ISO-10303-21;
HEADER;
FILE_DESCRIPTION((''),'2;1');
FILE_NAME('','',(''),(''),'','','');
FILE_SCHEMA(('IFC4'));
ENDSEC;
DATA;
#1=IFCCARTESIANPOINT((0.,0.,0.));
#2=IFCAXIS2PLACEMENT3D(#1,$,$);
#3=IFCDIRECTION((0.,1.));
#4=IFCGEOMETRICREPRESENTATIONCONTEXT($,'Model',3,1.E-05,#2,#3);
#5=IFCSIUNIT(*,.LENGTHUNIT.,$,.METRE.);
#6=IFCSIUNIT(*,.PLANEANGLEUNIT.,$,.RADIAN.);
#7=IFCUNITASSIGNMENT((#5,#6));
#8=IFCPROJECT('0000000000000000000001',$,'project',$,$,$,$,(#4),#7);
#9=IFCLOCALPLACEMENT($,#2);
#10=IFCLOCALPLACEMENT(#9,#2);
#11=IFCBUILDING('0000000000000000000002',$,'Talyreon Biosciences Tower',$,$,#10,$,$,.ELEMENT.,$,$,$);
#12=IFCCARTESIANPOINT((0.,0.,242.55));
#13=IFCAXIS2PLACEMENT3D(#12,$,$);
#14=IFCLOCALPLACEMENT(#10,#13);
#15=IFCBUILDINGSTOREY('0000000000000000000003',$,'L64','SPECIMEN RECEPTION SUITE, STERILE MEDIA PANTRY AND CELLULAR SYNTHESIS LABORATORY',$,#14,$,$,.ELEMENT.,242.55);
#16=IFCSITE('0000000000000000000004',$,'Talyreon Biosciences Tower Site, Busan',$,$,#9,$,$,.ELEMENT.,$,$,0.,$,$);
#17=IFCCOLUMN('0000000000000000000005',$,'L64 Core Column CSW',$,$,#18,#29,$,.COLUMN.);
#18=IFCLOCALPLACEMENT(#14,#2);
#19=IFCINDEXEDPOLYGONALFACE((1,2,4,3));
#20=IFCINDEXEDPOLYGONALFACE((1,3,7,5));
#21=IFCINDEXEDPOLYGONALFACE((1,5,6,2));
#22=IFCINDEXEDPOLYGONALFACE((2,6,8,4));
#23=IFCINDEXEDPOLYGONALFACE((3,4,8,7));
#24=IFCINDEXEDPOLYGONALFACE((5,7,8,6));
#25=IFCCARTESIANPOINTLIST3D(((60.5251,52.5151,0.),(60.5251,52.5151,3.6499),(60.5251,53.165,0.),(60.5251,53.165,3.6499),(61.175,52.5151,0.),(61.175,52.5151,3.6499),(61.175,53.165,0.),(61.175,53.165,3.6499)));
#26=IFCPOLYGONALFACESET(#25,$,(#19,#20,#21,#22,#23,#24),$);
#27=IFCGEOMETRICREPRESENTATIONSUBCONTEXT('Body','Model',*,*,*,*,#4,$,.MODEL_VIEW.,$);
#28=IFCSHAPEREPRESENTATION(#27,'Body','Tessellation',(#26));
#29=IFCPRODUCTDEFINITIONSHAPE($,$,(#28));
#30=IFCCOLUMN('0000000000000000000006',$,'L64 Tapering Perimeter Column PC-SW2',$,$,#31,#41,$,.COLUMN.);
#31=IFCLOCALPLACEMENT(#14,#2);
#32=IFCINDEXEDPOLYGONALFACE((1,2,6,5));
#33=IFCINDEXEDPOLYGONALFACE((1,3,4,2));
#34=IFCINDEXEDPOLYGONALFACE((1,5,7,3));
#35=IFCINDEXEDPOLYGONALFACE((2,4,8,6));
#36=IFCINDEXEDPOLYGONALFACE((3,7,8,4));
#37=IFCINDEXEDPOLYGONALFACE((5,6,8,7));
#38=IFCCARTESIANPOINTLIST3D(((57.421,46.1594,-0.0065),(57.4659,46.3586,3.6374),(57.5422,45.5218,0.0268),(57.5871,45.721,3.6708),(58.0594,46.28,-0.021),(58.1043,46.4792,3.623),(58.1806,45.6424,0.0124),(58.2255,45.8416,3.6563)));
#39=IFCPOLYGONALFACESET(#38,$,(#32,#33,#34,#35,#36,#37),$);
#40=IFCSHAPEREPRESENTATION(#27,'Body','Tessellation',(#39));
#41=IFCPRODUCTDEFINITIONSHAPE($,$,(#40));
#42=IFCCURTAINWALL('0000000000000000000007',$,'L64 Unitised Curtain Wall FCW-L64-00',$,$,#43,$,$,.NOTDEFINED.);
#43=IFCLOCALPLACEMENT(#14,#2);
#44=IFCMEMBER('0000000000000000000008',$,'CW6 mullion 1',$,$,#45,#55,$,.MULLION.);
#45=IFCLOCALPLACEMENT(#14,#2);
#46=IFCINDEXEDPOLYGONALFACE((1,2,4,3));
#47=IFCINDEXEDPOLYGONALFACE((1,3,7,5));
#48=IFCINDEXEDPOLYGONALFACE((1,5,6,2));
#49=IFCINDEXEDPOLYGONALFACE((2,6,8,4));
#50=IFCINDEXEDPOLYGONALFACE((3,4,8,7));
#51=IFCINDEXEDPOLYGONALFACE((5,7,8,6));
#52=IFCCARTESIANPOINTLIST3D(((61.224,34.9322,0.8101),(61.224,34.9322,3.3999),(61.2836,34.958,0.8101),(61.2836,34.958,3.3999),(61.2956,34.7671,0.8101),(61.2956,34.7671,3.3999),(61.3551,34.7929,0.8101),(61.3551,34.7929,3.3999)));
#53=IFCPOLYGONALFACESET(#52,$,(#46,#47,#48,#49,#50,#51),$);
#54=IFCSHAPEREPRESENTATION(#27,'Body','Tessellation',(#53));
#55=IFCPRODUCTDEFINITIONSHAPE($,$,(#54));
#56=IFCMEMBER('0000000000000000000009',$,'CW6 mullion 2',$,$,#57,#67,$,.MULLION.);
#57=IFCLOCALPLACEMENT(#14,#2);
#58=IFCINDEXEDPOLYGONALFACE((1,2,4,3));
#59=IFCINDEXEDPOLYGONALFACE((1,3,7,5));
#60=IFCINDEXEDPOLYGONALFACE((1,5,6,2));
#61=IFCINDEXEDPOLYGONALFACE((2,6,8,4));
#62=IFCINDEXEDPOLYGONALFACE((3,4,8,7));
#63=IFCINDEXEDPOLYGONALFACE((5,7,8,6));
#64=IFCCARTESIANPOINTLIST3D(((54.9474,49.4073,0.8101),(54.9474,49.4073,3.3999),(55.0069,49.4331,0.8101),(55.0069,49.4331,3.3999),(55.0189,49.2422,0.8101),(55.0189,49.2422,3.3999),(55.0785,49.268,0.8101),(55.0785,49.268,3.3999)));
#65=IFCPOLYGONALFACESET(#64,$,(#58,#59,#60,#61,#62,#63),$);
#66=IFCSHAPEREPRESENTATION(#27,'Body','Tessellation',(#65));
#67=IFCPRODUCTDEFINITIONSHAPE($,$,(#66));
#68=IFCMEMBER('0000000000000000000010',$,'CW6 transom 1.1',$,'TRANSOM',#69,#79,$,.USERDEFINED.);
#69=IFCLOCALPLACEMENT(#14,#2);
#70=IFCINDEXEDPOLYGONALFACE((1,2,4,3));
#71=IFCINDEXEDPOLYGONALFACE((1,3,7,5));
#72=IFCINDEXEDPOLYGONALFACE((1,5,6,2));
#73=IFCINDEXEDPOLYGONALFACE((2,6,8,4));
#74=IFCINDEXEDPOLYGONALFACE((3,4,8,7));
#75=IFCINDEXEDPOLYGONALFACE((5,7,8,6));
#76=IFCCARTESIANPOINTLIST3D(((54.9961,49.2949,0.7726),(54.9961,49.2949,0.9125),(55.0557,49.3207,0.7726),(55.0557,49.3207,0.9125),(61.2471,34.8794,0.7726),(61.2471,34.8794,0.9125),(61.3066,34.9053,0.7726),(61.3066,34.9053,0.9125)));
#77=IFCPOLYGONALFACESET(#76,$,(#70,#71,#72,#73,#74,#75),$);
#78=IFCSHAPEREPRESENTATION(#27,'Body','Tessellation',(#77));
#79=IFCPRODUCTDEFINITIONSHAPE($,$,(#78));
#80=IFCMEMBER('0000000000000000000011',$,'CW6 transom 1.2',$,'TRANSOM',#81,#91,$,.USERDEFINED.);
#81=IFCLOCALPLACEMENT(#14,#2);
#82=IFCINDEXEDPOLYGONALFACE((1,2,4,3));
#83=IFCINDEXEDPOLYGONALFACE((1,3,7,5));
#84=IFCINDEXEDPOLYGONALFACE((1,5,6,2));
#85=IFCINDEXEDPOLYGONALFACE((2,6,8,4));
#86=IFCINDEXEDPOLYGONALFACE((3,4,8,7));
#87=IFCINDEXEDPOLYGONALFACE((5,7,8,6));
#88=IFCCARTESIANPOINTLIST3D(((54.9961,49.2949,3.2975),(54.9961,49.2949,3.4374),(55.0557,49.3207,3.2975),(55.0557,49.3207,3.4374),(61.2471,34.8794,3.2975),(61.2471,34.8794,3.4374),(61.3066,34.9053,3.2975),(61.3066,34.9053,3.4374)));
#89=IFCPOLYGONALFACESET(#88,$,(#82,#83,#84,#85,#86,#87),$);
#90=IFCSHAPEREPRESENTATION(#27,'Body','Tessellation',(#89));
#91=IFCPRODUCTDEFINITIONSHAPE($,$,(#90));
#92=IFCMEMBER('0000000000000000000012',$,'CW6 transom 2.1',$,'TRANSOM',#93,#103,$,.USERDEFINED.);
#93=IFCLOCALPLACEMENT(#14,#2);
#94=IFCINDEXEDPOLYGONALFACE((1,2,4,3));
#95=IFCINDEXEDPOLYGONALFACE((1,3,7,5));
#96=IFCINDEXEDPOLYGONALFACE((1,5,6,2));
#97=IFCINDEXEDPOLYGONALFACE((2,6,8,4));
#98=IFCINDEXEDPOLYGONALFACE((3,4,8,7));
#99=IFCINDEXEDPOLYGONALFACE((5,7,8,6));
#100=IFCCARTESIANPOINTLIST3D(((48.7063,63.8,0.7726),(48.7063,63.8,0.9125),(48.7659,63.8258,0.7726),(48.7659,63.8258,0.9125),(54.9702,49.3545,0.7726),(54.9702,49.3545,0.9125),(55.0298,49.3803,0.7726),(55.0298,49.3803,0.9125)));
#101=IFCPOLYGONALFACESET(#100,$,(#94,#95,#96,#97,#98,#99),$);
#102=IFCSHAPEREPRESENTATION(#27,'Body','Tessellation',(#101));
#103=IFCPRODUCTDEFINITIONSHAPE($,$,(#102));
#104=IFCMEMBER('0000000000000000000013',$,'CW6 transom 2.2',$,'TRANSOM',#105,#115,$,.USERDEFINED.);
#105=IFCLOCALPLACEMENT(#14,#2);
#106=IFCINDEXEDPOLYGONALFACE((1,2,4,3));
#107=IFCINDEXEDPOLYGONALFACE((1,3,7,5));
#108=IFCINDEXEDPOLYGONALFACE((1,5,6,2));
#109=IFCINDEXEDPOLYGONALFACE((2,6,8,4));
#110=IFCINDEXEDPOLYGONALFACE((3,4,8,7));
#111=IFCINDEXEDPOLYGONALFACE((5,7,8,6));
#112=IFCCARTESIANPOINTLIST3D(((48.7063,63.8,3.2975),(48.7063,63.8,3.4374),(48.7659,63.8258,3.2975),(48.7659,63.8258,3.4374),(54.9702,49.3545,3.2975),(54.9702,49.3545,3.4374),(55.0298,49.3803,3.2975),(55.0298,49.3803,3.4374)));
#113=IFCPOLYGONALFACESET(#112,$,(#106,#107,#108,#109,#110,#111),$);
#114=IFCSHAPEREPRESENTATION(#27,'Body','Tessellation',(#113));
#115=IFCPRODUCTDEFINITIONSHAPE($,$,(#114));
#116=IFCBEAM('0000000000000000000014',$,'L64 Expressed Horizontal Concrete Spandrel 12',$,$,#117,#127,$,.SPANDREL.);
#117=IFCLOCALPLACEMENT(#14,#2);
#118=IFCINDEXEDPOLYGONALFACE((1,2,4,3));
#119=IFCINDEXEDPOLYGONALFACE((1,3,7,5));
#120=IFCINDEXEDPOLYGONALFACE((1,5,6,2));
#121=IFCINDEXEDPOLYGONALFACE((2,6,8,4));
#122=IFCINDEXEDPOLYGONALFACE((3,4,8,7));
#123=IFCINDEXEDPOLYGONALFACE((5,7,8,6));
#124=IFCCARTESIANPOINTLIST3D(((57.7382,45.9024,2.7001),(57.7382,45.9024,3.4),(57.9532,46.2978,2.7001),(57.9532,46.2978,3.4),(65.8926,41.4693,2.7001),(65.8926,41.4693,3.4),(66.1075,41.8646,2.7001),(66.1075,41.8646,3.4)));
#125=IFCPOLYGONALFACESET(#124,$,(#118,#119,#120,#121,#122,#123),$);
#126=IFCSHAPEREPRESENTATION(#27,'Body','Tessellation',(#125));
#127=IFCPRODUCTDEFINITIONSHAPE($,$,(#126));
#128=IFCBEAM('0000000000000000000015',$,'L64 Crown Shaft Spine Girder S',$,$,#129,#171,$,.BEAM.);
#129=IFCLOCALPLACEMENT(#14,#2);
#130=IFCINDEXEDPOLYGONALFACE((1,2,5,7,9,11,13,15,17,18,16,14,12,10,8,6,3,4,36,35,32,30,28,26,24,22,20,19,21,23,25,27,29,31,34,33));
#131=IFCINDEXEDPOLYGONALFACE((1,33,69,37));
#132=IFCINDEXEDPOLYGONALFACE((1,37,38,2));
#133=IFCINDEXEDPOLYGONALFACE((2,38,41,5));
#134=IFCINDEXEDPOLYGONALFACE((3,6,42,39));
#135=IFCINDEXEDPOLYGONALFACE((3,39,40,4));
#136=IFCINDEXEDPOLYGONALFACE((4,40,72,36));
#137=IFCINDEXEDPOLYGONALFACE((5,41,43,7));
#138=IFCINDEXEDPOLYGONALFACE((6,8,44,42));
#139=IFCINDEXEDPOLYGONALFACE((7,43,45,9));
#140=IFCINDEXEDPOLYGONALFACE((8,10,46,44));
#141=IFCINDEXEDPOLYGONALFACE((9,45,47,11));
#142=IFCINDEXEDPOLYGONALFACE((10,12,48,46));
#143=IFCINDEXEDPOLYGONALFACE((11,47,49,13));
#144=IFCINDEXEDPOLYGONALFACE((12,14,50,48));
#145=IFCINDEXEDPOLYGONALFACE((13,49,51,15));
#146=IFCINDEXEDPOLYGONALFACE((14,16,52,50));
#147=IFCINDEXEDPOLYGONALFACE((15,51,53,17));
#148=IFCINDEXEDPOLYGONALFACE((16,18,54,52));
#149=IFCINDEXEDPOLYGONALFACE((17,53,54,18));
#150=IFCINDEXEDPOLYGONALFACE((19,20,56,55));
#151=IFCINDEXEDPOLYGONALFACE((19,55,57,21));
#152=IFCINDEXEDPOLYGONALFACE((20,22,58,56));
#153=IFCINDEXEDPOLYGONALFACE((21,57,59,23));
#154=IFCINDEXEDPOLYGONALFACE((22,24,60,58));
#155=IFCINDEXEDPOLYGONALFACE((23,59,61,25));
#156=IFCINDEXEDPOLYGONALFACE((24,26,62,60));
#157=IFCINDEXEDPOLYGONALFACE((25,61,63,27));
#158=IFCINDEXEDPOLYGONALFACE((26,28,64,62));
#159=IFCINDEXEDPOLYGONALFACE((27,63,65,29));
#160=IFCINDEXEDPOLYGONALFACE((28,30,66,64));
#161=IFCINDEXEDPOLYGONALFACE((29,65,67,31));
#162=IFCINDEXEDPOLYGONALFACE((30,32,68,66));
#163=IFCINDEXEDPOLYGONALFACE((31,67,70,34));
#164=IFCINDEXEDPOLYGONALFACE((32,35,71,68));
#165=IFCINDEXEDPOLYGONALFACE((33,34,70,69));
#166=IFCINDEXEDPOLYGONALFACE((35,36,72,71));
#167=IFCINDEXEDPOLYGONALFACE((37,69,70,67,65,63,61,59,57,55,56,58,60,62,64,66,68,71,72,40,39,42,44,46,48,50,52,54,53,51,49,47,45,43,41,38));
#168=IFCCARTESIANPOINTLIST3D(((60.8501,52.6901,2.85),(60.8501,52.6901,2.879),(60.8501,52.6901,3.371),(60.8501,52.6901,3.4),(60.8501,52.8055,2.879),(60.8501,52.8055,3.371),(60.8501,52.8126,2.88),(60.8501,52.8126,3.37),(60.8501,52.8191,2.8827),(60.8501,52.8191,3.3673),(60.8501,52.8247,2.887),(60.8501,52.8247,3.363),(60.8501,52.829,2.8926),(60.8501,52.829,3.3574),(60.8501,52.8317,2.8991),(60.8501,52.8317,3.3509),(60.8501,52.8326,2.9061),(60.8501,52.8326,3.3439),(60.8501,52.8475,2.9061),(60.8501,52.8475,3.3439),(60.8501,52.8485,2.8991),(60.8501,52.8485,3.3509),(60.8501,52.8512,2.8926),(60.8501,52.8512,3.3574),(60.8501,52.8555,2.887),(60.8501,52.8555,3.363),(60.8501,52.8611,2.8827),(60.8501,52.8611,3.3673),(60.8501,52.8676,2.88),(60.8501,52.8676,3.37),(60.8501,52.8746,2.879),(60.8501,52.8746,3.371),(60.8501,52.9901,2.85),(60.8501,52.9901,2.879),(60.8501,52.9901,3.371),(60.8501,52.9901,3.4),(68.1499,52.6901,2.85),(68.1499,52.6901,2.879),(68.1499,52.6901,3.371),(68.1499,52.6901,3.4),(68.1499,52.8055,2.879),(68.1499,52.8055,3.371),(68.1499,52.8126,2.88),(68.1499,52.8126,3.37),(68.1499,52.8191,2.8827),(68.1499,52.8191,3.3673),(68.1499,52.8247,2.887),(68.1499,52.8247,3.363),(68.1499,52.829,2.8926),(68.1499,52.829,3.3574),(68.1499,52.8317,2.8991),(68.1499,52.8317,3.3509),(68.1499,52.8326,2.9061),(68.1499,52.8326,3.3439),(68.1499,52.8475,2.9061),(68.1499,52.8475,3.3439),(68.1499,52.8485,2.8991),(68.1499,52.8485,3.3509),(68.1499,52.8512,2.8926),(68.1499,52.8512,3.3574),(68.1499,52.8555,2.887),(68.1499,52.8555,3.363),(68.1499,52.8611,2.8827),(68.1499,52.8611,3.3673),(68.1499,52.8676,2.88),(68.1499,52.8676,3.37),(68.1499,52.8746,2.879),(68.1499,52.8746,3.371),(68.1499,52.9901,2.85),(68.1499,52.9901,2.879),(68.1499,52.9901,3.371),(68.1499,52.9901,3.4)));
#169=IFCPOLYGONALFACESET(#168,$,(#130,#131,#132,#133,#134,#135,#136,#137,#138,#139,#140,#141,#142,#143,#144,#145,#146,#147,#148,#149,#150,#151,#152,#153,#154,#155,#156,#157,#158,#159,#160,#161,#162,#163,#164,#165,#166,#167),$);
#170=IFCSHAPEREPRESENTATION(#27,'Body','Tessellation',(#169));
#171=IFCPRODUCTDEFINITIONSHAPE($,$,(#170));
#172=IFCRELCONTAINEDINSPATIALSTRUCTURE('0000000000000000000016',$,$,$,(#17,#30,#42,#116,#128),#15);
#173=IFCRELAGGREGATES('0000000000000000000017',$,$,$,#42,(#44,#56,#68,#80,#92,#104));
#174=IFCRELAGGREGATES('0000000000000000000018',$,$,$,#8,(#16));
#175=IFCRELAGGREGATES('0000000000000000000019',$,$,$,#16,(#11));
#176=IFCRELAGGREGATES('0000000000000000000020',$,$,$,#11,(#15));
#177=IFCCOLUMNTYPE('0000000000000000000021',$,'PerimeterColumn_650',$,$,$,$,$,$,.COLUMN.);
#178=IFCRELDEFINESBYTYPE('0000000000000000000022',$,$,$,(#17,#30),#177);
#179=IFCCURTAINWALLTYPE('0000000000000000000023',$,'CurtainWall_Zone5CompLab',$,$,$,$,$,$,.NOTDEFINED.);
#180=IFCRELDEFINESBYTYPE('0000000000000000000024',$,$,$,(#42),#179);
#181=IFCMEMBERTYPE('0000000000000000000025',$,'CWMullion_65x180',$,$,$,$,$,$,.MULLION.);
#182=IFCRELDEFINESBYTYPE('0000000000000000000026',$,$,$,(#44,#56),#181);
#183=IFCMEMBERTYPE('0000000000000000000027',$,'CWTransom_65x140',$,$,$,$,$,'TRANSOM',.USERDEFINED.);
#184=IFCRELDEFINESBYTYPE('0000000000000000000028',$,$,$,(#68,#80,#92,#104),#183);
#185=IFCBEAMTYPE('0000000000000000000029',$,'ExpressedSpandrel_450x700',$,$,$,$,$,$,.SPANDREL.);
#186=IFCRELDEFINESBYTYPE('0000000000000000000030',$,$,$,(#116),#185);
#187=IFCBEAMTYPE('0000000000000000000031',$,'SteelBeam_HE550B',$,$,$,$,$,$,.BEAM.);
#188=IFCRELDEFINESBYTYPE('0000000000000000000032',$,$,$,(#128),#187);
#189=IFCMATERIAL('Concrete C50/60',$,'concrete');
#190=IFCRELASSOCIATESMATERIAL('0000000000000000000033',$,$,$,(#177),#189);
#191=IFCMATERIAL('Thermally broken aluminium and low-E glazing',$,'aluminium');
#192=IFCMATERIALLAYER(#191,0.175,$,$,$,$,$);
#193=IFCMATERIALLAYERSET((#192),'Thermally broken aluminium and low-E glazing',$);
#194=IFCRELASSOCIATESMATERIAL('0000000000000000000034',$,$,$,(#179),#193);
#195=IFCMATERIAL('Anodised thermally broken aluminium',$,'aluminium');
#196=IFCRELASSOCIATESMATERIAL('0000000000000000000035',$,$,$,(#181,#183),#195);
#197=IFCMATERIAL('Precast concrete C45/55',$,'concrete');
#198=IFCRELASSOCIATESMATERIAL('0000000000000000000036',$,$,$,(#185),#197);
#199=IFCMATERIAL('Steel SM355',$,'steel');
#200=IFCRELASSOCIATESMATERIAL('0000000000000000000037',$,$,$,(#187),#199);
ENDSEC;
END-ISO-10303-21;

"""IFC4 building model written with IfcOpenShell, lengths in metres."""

from ifc_helpers import new_model, si_unit, direction, frame, origin, origin_2d, place, context, subcontext, project, spatial, rectangle, i_section, extrude, material, layer, layer_set, material_profile, profile_set, type_object, element, aggregate, save


model = new_model("IFC4")

# Units and contexts
model_context = context("Model", 3, precision=1e-05, world=origin(), true_north=direction((0.0, 1.0)))
body_context = subcontext(model_context, "Body", "Model", "MODEL_VIEW")
ifc_project = project(units=[si_unit("LENGTHUNIT", "METRE"), si_unit("PLANEANGLEUNIT", "RADIAN")], contexts=[model_context])

# Site, building, storey
site_placement = place(None, origin())
site = spatial("IfcSite", under=ifc_project, at=site_placement, Name="Talyreon Biosciences Tower Site, Busan", CompositionType="ELEMENT", RefElevation=0.0)
building_placement = place(site_placement, origin())
building = spatial("IfcBuilding", under=site, at=building_placement, Name="Talyreon Biosciences Tower", CompositionType="ELEMENT")
storey_placement = place(building_placement, frame((0.0, 0.0, 242.55)))
storey = spatial("IfcBuildingStorey", under=building, at=storey_placement, Name="L64", Description="SPECIMEN RECEPTION SUITE, STERILE MEDIA PANTRY AND CELLULAR SYNTHESIS LABORATORY", CompositionType="ELEMENT", Elevation=242.55)

# Columns
ifc_material_1 = material(Name="Concrete C50/60", Category="concrete")
ifc_material_profile_1 = material_profile(ifc_material_1, rectangle(XDim=0.6499, YDim=0.6499, at=origin_2d()), Name="RC 650x650")
ifc_profile_set_1 = profile_set([ifc_material_profile_1], Name="Concrete C50/60")
column_type = type_object("IfcColumnType", Name="PerimeterColumn_650", PredefinedType="COLUMN", material=ifc_profile_set_1)
column_1_placement = place(storey_placement, frame((60.8501, 52.8401, 0.0), z_axis=(0.0, 0.0, 1.0), x_axis=(1.0, 0.0, 0.0)))
element("IfcColumn", 1, at=column_1_placement, inside=storey, type_object=column_type, Name="L64 Core Column CSW", PredefinedType="COLUMN", context=body_context, shape_type="SweptSolid", body=[
    extrude(rectangle(XDim=0.6499, YDim=0.6499, at=origin_2d()), origin(), (0.0, 0.0, 1.0), 3.6499),
])
column_2_placement = place(storey_placement, frame((57.8008, 45.9009, 0.0029), z_axis=(0.012308, 0.054584, 0.998433), x_axis=(-0.186495, 0.981114, -0.051338)))
element("IfcColumn", 2, at=column_2_placement, inside=storey, type_object=column_type, Name="L64 Tapering Perimeter Column PC-SW2", PredefinedType="COLUMN", context=body_context, shape_type="SweptSolid", body=[
    extrude(rectangle(XDim=0.6499, YDim=0.6499, at=origin_2d()), origin(), (0.0, 0.0, 1.0), 3.6497),
])

# Curtain wall, members
ifc_material_2 = material(Name="Thermally broken aluminium and low-E glazing", Category="aluminium")
ifc_layer_1 = layer(ifc_material_2, 0.175)
ifc_layer_set_1 = layer_set([ifc_layer_1], Name="Thermally broken aluminium and low-E glazing")
curtain_wall_type = type_object("IfcCurtainWallType", Name="CurtainWall_Zone5CompLab", PredefinedType="NOTDEFINED", material=ifc_layer_set_1)
curtain_wall_placement = place(storey_placement, origin())
curtain_wall = element("IfcCurtainWall", 3, at=curtain_wall_placement, inside=storey, type_object=curtain_wall_type, Name="L64 Unitised Curtain Wall FCW-L64-00", PredefinedType="NOTDEFINED")
ifc_material_3 = material(Name="Anodised thermally broken aluminium", Category="aluminium")
ifc_material_profile_2 = material_profile(ifc_material_3, rectangle(XDim=0.0649, YDim=0.1799, at=origin_2d()), Name="ALUM MULLION 65x180")
ifc_profile_set_2 = profile_set([ifc_material_profile_2], Name="Anodised thermally broken aluminium")
member_type_1 = type_object("IfcMemberType", Name="CWMullion_65x180", PredefinedType="MULLION", material=ifc_profile_set_2)
member_1_placement = place(storey_placement, frame((61.2896, 34.8625, 0.8101), z_axis=(0.0, 0.0, 1.0), x_axis=(-0.917458, -0.397832, 0.0)))
member_1 = element("IfcMember", 4, at=member_1_placement, type_object=member_type_1, Name="CW6 mullion 1", PredefinedType="MULLION", context=body_context, shape_type="SweptSolid", body=[
    extrude(rectangle(XDim=0.0649, YDim=0.1799, at=origin_2d()), origin(), (0.0, 0.0, 1.0), 2.5898),
])
member_2_placement = place(storey_placement, frame((55.0129, 49.3376, 0.8101), z_axis=(0.0, 0.0, 1.0), x_axis=(-0.917458, -0.397832, 0.0)))
member_2 = element("IfcMember", 5, at=member_2_placement, type_object=member_type_1, Name="CW6 mullion 2", PredefinedType="MULLION", context=body_context, shape_type="SweptSolid", body=[
    extrude(rectangle(XDim=0.0649, YDim=0.1799, at=origin_2d()), origin(), (0.0, 0.0, 1.0), 2.5898),
])
ifc_material_profile_3 = material_profile(ifc_material_3, rectangle(XDim=0.0649, YDim=0.1399, at=origin_2d()), Name="ALUM TRANSOM 65x140")
ifc_profile_set_3 = profile_set([ifc_material_profile_3], Name="Anodised thermally broken aluminium")
member_type_2 = type_object("IfcMemberType", Name="CWTransom_65x140", ElementType="TRANSOM", PredefinedType="USERDEFINED", material=ifc_profile_set_3)
member_3_placement = place(storey_placement, frame((61.2769, 34.8923, 0.8425), z_axis=(-0.397835, 0.917457, 0.0), x_axis=(-0.917457, -0.397835, 0.0)))
member_3 = element("IfcMember", 6, at=member_3_placement, type_object=member_type_2, Name="CW6 transom 1.1", ObjectType="TRANSOM", PredefinedType="USERDEFINED", context=body_context, shape_type="SweptSolid", body=[
    extrude(rectangle(XDim=0.0649, YDim=0.1399, at=origin_2d()), origin(), (0.0, 0.0, 1.0), 15.7124),
])
member_4_placement = place(storey_placement, frame((61.2769, 34.8923, 3.3674), z_axis=(-0.397835, 0.917457, 0.0), x_axis=(-0.917457, -0.397835, 0.0)))
member_4 = element("IfcMember", 7, at=member_4_placement, type_object=member_type_2, Name="CW6 transom 1.2", ObjectType="TRANSOM", PredefinedType="USERDEFINED", context=body_context, shape_type="SweptSolid", body=[
    extrude(rectangle(XDim=0.0649, YDim=0.1399, at=origin_2d()), origin(), (0.0, 0.0, 1.0), 15.7124),
])
member_5_placement = place(storey_placement, frame((55.0, 49.3674, 0.8425), z_axis=(-0.397831, 0.917459, 0.0), x_axis=(-0.917459, -0.397831, 0.0)))
member_5 = element("IfcMember", 8, at=member_5_placement, type_object=member_type_2, Name="CW6 transom 2.1", ObjectType="TRANSOM", PredefinedType="USERDEFINED", context=body_context, shape_type="SweptSolid", body=[
    extrude(rectangle(XDim=0.0649, YDim=0.1399, at=origin_2d()), origin(), (0.0, 0.0, 1.0), 15.7451),
])
member_6_placement = place(storey_placement, frame((55.0, 49.3674, 3.3674), z_axis=(-0.397831, 0.917459, 0.0), x_axis=(-0.917459, -0.397831, 0.0)))
member_6 = element("IfcMember", 9, at=member_6_placement, type_object=member_type_2, Name="CW6 transom 2.2", ObjectType="TRANSOM", PredefinedType="USERDEFINED", context=body_context, shape_type="SweptSolid", body=[
    extrude(rectangle(XDim=0.0649, YDim=0.1399, at=origin_2d()), origin(), (0.0, 0.0, 1.0), 15.7451),
])

# Beams
ifc_material_4 = material(Name="Precast concrete C45/55", Category="concrete")
ifc_material_profile_4 = material_profile(ifc_material_4, rectangle(XDim=0.45, YDim=0.7, at=origin_2d()), Name="RCB 450x700")
ifc_profile_set_4 = profile_set([ifc_material_profile_4], Name="Precast concrete C45/55")
beam_type_1 = type_object("IfcBeamType", Name="ExpressedSpandrel_450x700", PredefinedType="SPANDREL", material=ifc_profile_set_4)
beam_1_placement = place(storey_placement, frame((57.8457, 46.1001, 3.05), z_axis=(0.87856, -0.477632, 0.0), x_axis=(0.477632, 0.87856, 0.0)))
element("IfcBeam", 10, at=beam_1_placement, inside=storey, type_object=beam_type_1, Name="L64 Expressed Horizontal Concrete Spandrel 12", PredefinedType="SPANDREL", context=body_context, shape_type="SweptSolid", body=[
    extrude(rectangle(XDim=0.45, YDim=0.7, at=origin_2d()), origin(), (0.0, 0.0, 1.0), 9.2815),
])
ifc_material_5 = material(Name="Steel SM355", Category="steel")
ifc_material_profile_5 = material_profile(ifc_material_5, i_section(OverallWidth=0.3, OverallDepth=0.55, WebThickness=0.0149, FlangeThickness=0.0291, FilletRadius=0.0271, at=origin_2d()), Name="HE550B")
ifc_profile_set_5 = profile_set([ifc_material_profile_5], Name="Steel SM355")
beam_type_2 = type_object("IfcBeamType", Name="SteelBeam_HE550B", PredefinedType="BEAM", material=ifc_profile_set_5)
beam_2_placement = place(storey_placement, frame((60.8501, 52.8401, 3.125), z_axis=(1.0, 0.0, 0.0), x_axis=(0.0, 1.0, 0.0)))
element("IfcBeam", 11, at=beam_2_placement, inside=storey, type_object=beam_type_2, Name="L64 Crown Shaft Spine Girder S", PredefinedType="BEAM", context=body_context, shape_type="SweptSolid", body=[
    extrude(i_section(OverallWidth=0.3, OverallDepth=0.55, WebThickness=0.0149, FlangeThickness=0.0291, FilletRadius=0.0271, at=origin_2d()), origin(), (0.0, 0.0, 1.0), 7.2998),
])

aggregate(curtain_wall, [member_1, member_2, member_3, member_4, member_5, member_6])

save(model, "model.ifc")
